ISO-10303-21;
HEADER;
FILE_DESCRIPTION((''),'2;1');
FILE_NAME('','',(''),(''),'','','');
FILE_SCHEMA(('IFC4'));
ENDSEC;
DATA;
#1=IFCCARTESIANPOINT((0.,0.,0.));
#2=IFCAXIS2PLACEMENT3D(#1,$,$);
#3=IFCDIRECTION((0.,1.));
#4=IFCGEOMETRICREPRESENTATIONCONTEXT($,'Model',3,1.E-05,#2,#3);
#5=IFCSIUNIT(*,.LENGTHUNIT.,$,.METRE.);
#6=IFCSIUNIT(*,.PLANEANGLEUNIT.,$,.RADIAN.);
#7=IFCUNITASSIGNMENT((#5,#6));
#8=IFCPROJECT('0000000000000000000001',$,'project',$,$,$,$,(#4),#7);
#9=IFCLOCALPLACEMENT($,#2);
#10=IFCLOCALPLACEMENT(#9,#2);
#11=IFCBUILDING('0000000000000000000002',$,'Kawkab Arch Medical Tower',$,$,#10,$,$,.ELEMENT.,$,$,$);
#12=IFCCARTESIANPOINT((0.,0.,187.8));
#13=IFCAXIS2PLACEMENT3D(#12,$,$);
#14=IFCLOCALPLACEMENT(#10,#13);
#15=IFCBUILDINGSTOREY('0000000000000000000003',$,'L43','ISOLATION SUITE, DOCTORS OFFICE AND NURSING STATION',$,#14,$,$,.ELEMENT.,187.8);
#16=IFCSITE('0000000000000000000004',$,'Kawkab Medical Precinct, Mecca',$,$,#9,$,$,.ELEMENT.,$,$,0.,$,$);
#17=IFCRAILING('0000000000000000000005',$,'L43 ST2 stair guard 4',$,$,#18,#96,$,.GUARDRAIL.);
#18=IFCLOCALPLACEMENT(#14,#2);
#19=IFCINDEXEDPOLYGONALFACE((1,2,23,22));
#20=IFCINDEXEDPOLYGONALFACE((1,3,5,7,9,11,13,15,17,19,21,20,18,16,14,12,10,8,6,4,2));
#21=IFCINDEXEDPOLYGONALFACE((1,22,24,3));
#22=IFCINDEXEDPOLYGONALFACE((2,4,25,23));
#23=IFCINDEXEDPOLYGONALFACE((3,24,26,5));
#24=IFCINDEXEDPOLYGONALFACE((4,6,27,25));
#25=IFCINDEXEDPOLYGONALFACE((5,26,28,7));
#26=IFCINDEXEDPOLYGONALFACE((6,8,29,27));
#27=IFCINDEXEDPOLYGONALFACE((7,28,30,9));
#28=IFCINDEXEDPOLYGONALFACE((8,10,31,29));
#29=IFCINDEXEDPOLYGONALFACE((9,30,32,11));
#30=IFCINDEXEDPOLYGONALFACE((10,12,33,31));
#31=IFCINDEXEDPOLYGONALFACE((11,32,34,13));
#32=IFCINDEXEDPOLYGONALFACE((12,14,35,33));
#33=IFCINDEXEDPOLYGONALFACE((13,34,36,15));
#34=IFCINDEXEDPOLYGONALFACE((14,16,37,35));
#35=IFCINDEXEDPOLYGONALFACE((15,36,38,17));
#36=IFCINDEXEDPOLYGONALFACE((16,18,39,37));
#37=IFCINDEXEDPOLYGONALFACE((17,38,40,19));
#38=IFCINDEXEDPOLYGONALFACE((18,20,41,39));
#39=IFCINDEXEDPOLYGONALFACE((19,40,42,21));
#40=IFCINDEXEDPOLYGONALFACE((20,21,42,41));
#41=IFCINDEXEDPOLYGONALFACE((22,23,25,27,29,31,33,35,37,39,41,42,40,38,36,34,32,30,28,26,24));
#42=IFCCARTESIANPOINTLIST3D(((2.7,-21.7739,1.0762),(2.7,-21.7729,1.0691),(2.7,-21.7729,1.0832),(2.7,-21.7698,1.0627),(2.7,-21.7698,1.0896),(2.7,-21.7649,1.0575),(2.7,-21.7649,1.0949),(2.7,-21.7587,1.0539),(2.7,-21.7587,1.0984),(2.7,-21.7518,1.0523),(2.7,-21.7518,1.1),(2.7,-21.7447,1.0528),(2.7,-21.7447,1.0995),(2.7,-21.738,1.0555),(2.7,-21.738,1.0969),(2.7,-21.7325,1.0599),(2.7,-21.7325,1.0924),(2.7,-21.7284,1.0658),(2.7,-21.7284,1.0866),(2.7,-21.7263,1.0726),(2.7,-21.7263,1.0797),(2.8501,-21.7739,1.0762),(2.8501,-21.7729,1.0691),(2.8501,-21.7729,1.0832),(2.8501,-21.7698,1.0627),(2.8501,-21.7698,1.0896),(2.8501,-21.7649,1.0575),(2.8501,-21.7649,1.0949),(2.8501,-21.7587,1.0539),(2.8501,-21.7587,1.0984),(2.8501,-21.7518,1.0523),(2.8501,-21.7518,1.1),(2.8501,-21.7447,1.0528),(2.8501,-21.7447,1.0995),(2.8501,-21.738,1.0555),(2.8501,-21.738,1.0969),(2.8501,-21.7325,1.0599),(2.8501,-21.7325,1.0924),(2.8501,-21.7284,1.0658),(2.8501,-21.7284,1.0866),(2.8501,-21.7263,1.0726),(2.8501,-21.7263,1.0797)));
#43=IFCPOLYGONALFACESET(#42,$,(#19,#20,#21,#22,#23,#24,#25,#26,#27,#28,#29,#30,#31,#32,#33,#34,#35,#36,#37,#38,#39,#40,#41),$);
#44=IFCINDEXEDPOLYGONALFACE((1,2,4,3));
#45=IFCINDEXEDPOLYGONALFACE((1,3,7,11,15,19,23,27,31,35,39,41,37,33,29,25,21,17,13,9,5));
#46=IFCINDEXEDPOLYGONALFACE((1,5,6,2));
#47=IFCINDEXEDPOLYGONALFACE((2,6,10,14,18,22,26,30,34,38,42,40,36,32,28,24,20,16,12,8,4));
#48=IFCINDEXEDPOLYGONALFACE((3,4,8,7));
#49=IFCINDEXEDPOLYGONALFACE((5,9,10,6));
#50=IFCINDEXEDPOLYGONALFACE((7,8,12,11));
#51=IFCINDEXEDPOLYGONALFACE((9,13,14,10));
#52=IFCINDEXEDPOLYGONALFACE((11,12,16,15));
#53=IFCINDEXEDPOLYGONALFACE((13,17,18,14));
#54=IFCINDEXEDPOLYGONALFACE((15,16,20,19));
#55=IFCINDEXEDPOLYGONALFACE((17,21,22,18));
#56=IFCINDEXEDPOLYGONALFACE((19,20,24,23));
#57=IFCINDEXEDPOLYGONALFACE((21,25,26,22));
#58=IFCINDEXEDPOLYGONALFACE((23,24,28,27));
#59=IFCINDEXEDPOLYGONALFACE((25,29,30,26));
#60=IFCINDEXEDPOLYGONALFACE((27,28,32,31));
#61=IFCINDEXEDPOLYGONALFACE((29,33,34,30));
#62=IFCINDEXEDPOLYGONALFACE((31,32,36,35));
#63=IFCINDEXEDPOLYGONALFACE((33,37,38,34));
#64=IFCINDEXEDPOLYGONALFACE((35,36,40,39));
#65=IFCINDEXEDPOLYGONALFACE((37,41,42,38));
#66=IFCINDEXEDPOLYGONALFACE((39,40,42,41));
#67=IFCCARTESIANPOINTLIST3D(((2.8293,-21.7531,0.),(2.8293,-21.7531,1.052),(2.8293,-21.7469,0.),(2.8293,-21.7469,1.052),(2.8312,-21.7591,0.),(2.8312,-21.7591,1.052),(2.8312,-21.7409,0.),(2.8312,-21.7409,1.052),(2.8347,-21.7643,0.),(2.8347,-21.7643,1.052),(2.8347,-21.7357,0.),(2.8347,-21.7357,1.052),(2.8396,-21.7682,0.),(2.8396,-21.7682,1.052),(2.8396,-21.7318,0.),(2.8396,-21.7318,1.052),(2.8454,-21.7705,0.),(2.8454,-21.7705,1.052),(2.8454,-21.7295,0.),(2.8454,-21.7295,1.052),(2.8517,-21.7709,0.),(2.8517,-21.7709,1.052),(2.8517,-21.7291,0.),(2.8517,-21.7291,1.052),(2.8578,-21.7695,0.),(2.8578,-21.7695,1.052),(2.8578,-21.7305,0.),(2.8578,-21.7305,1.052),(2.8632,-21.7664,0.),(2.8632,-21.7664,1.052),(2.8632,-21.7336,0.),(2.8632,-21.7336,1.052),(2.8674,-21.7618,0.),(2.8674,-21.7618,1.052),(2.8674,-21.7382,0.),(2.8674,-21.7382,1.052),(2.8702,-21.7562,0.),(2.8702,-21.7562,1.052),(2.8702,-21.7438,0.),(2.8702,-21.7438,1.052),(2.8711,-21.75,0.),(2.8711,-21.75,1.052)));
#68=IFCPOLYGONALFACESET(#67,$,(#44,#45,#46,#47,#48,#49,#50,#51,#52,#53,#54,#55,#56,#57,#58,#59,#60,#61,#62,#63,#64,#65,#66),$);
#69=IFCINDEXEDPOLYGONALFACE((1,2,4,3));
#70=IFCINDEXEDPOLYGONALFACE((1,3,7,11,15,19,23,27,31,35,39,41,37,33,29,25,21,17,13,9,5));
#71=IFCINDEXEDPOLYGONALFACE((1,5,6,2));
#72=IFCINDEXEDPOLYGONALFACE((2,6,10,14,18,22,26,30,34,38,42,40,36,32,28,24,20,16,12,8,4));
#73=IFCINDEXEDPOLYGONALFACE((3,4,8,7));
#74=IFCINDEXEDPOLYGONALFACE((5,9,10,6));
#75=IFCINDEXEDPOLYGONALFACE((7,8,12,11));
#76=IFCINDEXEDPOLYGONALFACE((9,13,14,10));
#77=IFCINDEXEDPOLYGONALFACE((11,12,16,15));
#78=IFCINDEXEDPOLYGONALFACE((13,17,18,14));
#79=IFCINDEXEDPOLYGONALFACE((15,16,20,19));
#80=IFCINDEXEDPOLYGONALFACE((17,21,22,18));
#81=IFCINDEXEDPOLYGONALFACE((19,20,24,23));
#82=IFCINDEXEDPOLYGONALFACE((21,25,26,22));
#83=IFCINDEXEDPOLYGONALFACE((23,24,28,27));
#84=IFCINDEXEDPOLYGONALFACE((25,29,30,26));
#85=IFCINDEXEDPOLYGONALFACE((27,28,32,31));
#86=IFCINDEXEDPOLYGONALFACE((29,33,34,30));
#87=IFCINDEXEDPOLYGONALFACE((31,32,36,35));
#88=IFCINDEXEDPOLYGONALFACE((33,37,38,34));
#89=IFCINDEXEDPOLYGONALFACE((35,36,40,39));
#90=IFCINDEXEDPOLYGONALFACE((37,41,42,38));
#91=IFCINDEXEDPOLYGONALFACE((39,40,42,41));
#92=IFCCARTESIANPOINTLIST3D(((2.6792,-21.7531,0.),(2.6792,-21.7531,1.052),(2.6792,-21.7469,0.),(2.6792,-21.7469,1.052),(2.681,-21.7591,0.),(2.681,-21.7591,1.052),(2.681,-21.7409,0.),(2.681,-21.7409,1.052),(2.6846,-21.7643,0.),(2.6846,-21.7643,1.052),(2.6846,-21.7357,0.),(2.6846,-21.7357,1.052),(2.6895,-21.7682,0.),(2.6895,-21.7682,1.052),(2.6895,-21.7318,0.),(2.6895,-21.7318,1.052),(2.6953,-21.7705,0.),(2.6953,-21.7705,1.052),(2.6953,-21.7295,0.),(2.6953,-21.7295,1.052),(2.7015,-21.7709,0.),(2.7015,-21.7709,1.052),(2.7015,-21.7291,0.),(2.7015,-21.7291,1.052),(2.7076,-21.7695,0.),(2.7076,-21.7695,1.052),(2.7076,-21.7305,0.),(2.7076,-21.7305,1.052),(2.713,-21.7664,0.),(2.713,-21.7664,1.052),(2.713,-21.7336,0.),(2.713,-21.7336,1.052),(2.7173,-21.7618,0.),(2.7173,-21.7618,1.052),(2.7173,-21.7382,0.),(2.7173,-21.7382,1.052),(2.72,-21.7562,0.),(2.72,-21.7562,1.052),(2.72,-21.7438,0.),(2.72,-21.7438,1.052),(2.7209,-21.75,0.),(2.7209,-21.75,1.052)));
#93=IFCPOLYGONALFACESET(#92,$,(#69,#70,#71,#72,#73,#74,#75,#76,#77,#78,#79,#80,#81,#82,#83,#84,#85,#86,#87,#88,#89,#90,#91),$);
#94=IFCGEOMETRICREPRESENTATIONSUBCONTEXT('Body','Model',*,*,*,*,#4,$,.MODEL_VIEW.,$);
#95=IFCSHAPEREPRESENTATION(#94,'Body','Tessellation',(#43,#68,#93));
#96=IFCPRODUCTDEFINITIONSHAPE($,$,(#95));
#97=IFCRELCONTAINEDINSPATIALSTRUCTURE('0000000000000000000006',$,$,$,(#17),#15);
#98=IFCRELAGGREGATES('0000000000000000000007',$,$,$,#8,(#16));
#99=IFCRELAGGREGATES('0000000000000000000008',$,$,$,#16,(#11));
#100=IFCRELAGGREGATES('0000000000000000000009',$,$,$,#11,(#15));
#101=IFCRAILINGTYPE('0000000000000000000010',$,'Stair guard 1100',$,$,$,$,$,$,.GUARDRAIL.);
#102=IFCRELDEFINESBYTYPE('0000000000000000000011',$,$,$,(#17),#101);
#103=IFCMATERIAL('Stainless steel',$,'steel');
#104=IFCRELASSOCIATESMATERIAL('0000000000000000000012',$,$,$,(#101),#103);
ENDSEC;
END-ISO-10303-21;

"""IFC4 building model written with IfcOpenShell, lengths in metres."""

from ifc_helpers import new_model, si_unit, direction, frame, origin, origin_2d, place, context, subcontext, project, spatial, circle, extrude, material, type_object, element, save


model = new_model("IFC4")

# Units and contexts
model_context = context("Model", 3, precision=1e-05, world=origin(), true_north=direction((0.0, 1.0)))
body_context = subcontext(model_context, "Body", "Model", "MODEL_VIEW")
ifc_project = project(units=[si_unit("LENGTHUNIT", "METRE"), si_unit("PLANEANGLEUNIT", "RADIAN")], contexts=[model_context])

# Site, building, storey
site_placement = place(None, origin())
site = spatial("IfcSite", under=ifc_project, at=site_placement, Name="Kawkab Medical Precinct, Mecca", CompositionType="ELEMENT", RefElevation=0.0)
building_placement = place(site_placement, origin())
building = spatial("IfcBuilding", under=site, at=building_placement, Name="Kawkab Arch Medical Tower", CompositionType="ELEMENT")
storey_placement = place(building_placement, frame((0.0, 0.0, 187.8)))
storey = spatial("IfcBuildingStorey", under=building, at=storey_placement, Name="L43", Description="ISOLATION SUITE, DOCTORS OFFICE AND NURSING STATION", CompositionType="ELEMENT", Elevation=187.8)

# Railing
ifc_material_1 = material(Name="Stainless steel", Category="steel")
railing_type = type_object("IfcRailingType", Name="Stair guard 1100", PredefinedType="GUARDRAIL", material=ifc_material_1)
railing_1_placement = place(storey_placement, frame((2.8501, -21.75, 0.0)))
element("IfcRailing", 1, at=railing_1_placement, inside=storey, type_object=railing_type, Name="L43 ST2 stair guard 4", PredefinedType="GUARDRAIL", context=body_context, shape_type="SweptSolid", body=[
    extrude(circle(Radius=0.0239, at=origin_2d()), frame((0.0, 0.0, 1.0762), z_axis=(-1.0, 0.0, 0.0), x_axis=(0.0, -1.0, 0.0)), (0.0, 0.0, 1.0), 0.1501),
    extrude(circle(Radius=0.021, at=origin_2d()), origin(), (0.0, 0.0, 1.0), 1.052),
    extrude(circle(Radius=0.021, at=origin_2d()), frame((-0.1501, 0.0, 0.0)), (0.0, 0.0, 1.0), 1.052),
])

save(model, "model.ifc")
